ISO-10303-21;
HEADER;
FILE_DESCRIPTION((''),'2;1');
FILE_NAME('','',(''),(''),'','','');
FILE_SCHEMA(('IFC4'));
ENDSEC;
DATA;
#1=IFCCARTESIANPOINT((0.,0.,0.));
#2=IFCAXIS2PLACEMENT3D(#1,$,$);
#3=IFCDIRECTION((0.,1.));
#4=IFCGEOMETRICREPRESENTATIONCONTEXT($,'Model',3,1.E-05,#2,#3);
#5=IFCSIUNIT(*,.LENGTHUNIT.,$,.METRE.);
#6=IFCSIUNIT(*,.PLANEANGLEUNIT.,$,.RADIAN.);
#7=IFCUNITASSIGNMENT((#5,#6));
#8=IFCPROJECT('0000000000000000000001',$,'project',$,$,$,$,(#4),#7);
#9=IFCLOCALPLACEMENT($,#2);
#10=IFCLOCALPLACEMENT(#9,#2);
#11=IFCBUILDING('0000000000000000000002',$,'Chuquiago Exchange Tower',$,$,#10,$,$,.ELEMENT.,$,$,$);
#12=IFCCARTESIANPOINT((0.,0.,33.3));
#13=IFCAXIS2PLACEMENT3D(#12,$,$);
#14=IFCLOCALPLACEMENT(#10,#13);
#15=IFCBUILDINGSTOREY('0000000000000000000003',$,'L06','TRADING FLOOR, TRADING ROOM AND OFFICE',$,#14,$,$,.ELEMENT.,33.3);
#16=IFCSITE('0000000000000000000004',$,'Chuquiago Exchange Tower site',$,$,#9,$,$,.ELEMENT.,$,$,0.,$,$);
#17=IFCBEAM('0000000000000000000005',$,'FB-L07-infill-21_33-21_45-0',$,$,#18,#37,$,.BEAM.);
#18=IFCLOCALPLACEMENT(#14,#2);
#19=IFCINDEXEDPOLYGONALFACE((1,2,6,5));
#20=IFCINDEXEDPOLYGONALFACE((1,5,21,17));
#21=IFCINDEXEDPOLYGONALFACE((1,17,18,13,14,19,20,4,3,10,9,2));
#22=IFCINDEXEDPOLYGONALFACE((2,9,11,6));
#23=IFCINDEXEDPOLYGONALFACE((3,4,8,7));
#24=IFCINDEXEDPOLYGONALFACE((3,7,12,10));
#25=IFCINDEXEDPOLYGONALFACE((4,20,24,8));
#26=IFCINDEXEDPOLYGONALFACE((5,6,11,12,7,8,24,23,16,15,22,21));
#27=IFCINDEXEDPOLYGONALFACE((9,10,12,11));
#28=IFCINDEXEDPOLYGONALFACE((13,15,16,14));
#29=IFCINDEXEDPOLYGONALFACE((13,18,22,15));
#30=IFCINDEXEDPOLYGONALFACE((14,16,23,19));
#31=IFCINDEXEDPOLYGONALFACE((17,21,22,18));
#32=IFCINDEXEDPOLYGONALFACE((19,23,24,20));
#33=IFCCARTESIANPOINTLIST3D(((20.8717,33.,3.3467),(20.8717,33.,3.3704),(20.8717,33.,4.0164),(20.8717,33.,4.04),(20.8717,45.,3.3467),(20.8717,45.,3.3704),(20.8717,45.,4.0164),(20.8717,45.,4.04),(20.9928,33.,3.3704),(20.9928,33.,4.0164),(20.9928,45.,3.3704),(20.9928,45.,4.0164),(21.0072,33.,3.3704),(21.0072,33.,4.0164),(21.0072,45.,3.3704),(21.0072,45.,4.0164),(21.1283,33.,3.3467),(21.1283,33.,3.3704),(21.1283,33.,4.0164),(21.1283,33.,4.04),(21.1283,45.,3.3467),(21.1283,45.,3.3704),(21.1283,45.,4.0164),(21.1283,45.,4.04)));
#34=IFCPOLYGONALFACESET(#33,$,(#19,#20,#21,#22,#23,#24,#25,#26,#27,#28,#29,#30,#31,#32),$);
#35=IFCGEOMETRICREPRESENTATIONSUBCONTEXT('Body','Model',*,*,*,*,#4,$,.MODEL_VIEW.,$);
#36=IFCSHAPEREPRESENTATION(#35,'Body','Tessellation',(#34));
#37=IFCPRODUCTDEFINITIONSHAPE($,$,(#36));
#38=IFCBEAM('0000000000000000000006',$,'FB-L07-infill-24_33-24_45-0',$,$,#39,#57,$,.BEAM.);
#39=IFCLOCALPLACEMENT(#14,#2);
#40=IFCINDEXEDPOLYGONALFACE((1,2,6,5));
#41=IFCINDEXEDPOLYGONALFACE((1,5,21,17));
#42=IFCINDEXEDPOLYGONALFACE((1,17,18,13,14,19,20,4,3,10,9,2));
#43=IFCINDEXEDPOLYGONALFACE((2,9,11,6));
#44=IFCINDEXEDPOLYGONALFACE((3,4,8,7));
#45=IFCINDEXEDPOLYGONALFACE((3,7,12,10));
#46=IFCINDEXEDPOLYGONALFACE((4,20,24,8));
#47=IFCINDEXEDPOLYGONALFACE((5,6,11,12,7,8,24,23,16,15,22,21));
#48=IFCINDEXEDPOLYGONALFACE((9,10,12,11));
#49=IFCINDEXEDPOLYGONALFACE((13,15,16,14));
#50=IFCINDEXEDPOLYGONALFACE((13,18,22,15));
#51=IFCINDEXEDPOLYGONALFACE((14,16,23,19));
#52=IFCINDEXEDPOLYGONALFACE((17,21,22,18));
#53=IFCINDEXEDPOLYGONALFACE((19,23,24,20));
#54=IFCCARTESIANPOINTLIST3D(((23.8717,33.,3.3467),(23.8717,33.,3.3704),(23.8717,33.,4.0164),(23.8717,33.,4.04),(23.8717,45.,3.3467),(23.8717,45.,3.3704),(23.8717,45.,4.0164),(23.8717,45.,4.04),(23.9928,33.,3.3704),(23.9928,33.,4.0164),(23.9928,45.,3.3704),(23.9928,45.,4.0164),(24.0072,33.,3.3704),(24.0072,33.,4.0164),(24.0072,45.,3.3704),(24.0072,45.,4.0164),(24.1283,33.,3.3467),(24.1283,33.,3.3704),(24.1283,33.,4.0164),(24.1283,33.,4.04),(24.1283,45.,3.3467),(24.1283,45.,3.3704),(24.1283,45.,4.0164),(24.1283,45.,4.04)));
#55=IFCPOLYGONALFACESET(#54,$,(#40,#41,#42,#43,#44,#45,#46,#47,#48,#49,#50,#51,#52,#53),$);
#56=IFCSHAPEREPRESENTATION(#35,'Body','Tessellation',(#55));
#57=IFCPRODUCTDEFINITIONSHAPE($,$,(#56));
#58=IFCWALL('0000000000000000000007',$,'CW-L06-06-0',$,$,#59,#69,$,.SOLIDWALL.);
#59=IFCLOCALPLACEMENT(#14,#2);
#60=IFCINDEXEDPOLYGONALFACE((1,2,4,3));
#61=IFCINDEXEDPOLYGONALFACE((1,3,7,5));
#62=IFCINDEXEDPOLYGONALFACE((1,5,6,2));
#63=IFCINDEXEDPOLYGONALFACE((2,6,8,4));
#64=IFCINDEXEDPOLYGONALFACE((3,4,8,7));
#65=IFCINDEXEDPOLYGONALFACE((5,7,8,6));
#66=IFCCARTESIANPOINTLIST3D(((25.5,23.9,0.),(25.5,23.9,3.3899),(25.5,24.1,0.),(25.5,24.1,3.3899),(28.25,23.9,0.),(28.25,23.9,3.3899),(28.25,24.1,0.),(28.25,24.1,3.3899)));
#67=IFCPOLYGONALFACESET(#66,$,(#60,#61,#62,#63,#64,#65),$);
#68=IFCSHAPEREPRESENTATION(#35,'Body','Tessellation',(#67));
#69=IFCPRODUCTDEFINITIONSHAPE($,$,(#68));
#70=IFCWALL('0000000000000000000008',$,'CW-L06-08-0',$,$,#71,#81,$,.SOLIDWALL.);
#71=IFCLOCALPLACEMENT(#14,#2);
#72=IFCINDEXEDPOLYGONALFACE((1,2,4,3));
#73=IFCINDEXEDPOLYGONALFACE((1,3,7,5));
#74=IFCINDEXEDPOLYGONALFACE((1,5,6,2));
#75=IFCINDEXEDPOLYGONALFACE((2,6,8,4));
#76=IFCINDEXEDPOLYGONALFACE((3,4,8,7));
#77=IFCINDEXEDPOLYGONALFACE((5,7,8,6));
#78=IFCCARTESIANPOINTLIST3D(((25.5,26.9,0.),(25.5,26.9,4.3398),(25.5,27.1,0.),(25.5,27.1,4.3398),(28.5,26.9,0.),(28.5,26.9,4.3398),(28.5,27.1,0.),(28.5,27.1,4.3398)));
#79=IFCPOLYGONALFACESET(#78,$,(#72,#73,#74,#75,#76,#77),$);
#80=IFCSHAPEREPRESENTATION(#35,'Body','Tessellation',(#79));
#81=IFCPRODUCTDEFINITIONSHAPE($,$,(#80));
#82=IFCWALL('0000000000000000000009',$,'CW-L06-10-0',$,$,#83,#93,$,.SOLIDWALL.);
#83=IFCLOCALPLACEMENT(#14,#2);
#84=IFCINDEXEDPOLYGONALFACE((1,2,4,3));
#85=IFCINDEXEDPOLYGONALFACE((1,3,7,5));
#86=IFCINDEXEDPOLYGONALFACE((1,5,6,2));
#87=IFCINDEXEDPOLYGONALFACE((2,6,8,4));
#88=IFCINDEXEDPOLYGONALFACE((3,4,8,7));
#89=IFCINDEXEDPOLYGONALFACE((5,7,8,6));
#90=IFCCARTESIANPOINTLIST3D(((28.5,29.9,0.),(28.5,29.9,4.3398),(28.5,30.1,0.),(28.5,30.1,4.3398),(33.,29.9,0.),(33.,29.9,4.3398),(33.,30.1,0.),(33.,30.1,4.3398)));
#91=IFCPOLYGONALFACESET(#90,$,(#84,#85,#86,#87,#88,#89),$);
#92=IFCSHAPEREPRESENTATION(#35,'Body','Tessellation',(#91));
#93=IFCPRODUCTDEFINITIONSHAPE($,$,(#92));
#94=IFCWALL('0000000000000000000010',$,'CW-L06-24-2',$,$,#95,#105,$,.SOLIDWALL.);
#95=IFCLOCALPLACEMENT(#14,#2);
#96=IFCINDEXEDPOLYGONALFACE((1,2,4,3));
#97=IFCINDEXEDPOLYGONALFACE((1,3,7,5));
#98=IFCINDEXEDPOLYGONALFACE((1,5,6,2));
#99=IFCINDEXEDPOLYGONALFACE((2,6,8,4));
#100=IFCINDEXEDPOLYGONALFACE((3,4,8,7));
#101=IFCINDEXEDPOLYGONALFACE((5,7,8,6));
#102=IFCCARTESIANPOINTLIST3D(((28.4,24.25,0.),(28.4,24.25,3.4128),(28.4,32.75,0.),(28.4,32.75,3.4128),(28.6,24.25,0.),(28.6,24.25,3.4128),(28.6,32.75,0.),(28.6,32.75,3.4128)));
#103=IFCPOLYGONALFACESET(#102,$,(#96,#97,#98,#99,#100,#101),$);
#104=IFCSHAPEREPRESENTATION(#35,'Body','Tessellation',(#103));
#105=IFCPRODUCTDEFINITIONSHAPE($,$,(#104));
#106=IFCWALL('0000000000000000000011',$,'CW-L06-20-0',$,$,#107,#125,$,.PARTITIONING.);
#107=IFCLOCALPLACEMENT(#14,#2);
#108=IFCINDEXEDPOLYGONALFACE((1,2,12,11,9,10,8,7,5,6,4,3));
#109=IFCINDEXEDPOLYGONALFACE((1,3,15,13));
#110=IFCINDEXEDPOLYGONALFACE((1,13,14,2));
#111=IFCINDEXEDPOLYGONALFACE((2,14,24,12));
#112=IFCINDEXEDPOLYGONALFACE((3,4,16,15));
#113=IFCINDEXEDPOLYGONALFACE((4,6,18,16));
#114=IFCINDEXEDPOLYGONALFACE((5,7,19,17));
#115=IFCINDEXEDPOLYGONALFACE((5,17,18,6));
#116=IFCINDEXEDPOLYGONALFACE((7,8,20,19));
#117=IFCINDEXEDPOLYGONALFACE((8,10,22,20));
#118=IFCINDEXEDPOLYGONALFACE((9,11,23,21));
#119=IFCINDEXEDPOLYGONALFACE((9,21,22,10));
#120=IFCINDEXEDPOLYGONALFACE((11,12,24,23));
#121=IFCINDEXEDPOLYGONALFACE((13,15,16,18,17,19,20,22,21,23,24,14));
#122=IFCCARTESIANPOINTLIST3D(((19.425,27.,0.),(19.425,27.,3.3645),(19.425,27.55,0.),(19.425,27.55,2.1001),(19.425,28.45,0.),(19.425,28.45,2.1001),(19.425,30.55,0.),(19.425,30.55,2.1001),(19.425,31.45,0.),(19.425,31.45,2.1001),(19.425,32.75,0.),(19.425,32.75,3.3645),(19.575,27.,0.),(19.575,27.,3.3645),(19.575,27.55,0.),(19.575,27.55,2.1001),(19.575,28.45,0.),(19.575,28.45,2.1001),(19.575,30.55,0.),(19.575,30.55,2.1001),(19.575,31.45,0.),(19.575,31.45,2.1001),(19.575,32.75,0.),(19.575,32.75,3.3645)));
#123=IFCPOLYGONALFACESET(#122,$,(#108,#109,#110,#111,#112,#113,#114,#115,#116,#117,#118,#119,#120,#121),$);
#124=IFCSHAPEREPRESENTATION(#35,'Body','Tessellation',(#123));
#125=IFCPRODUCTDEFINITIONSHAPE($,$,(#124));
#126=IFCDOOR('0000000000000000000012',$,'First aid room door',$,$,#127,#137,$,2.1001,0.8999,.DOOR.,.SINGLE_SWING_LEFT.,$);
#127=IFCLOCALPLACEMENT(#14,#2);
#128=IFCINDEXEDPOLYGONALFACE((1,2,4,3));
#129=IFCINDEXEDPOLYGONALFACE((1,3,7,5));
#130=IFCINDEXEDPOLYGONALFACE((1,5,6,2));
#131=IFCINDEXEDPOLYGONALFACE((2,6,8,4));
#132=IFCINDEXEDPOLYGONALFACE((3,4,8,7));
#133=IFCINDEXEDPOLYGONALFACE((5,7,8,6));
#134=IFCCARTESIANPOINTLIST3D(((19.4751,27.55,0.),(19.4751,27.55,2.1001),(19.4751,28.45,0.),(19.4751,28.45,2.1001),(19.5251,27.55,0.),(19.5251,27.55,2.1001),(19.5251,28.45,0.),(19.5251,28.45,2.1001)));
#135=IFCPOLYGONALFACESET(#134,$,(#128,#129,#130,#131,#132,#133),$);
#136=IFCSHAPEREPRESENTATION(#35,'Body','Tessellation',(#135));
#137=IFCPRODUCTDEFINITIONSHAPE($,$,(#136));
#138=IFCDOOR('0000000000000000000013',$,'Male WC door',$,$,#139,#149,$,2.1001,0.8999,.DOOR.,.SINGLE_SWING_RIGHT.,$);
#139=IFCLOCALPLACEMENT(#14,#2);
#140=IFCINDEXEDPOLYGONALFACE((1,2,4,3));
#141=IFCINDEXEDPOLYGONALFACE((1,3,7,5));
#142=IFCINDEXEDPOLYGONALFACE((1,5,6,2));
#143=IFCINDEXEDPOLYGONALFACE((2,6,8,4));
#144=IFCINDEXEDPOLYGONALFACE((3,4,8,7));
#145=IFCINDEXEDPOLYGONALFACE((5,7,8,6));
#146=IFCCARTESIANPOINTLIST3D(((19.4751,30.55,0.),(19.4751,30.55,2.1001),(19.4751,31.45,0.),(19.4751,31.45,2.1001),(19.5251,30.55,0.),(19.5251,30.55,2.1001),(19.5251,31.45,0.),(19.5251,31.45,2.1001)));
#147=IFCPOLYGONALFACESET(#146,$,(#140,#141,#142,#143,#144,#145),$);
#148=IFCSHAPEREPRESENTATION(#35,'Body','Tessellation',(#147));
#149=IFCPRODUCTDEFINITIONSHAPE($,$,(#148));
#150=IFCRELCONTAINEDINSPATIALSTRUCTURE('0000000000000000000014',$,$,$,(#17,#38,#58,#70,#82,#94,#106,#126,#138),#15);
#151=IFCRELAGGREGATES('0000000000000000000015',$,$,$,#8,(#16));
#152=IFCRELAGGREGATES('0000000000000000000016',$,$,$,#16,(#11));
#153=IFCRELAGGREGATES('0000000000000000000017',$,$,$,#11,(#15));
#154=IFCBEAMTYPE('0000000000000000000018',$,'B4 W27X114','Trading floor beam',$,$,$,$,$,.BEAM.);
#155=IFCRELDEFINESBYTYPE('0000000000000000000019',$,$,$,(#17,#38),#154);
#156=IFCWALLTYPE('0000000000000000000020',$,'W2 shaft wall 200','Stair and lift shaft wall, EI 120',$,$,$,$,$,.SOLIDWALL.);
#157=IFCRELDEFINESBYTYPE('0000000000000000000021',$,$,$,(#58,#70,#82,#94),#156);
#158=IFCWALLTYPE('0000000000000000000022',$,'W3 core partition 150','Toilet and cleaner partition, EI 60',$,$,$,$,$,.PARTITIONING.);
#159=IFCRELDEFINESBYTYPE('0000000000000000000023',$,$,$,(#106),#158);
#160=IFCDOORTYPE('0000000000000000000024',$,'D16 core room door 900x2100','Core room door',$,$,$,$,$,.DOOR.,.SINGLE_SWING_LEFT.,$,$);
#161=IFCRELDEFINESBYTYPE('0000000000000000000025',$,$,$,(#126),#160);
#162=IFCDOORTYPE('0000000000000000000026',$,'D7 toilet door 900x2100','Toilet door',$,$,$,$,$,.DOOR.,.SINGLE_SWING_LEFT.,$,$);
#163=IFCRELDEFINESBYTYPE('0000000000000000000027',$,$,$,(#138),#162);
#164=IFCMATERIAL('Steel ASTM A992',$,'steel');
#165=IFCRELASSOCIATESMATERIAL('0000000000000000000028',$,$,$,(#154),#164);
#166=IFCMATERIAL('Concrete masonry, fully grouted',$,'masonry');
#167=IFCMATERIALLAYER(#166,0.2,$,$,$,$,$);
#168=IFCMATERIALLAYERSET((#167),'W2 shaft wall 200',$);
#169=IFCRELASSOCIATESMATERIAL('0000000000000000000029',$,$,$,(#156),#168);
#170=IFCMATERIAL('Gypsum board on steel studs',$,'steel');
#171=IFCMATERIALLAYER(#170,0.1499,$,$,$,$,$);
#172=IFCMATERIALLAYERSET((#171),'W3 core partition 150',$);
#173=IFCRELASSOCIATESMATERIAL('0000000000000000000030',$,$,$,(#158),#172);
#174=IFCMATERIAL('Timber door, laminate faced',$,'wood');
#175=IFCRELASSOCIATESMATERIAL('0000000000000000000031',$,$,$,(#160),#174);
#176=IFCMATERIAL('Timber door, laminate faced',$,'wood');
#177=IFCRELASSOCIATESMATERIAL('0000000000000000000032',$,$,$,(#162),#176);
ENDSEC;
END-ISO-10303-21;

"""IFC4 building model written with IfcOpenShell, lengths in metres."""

from ifc_helpers import new_model, si_unit, direction, frame, frame_2d, origin, origin_2d, place, context, subcontext, project, spatial, rectangle, i_section, extrude, material, layer, layer_set, material_profile, profile_set, type_object, element, fill, save


model = new_model("IFC4")

# Units and contexts
model_context = context("Model", 3, precision=1e-05, world=origin(), true_north=direction((0.0, 1.0)))
body_context = subcontext(model_context, "Body", "Model", "MODEL_VIEW")
ifc_project = project(units=[si_unit("LENGTHUNIT", "METRE"), si_unit("PLANEANGLEUNIT", "RADIAN")], contexts=[model_context])

# Site, building, storey
site_placement = place(None, origin())
site = spatial("IfcSite", under=ifc_project, at=site_placement, Name="Chuquiago Exchange Tower site", CompositionType="ELEMENT", RefElevation=0.0)
building_placement = place(site_placement, origin())
building = spatial("IfcBuilding", under=site, at=building_placement, Name="Chuquiago Exchange Tower", CompositionType="ELEMENT")
storey_placement = place(building_placement, frame((0.0, 0.0, 33.3)))
storey = spatial("IfcBuildingStorey", under=building, at=storey_placement, Name="L06", Description="TRADING FLOOR, TRADING ROOM AND OFFICE", CompositionType="ELEMENT", Elevation=33.3)

# Beams
ifc_material_1 = material(Name="Steel ASTM A992", Category="steel")
ifc_material_profile_1 = material_profile(ifc_material_1, i_section(OverallWidth=0.2566, OverallDepth=0.6934, WebThickness=0.0144, FlangeThickness=0.0237, at=origin_2d()), Name="W27X114")
ifc_profile_set_1 = profile_set([ifc_material_profile_1], Name="Steel ASTM A992")
beam_type_1 = type_object("IfcBeamType", Name="B4 W27X114", Description="Trading floor beam", PredefinedType="BEAM", material=ifc_profile_set_1)
for number, where, z_axis, x_axis, name in (
    (1, (21.0, 33.0, 3.6934), (0.0, 1.0, 0.0), (-1.0, 0.0, 0.0), "FB-L07-infill-21_33-21_45-0"),
    (2, (24.0, 33.0, 3.6934), (0.0, 1.0, 0.0), (-1.0, 0.0, 0.0), "FB-L07-infill-24_33-24_45-0"),
):
    element("IfcBeam", number, at=place(storey_placement, frame(where, z_axis=z_axis, x_axis=x_axis)), inside=storey, type_object=beam_type_1, Name=name, PredefinedType="BEAM", context=body_context, shape_type="SweptSolid", body=[
        extrude(i_section(OverallWidth=0.2566, OverallDepth=0.6934, WebThickness=0.0144, FlangeThickness=0.0237, at=origin_2d()), origin(), (0.0, 0.0, 1.0), 12.0),
    ])

# Walls
ifc_material_2 = material(Name="Concrete masonry, fully grouted", Category="masonry")
ifc_layer_1 = layer(ifc_material_2, 0.2)
ifc_layer_set_1 = layer_set([ifc_layer_1], Name="W2 shaft wall 200")
wall_type_1 = type_object("IfcWallType", Name="W2 shaft wall 200", Description="Stair and lift shaft wall, EI 120", PredefinedType="SOLIDWALL", material=ifc_layer_set_1)
wall_1_placement = place(storey_placement, frame((25.5, 24.0, 0.0), z_axis=(0.0, 0.0, 1.0), x_axis=(1.0, 0.0, 0.0)))
element("IfcWall", 3, at=wall_1_placement, inside=storey, type_object=wall_type_1, Name="CW-L06-06-0", PredefinedType="SOLIDWALL", context=body_context, shape_type="SweptSolid", body=[
    extrude(rectangle(XDim=2.75, YDim=0.2, at=frame_2d((1.375, 0.0))), origin(), (0.0, 0.0, 1.0), 3.3899),
])
wall_2_placement = place(storey_placement, frame((25.5, 27.0, 0.0), z_axis=(0.0, 0.0, 1.0), x_axis=(1.0, 0.0, 0.0)))
element("IfcWall", 4, at=wall_2_placement, inside=storey, type_object=wall_type_1, Name="CW-L06-08-0", PredefinedType="SOLIDWALL", context=body_context, shape_type="SweptSolid", body=[
    extrude(rectangle(XDim=3.0, YDim=0.2, at=frame_2d((1.5, 0.0))), origin(), (0.0, 0.0, 1.0), 4.3398),
])
wall_3_placement = place(storey_placement, frame((28.5, 30.0, 0.0), z_axis=(0.0, 0.0, 1.0), x_axis=(1.0, 0.0, 0.0)))
element("IfcWall", 5, at=wall_3_placement, inside=storey, type_object=wall_type_1, Name="CW-L06-10-0", PredefinedType="SOLIDWALL", context=body_context, shape_type="SweptSolid", body=[
    extrude(rectangle(XDim=4.5, YDim=0.2, at=frame_2d((2.25, 0.0))), origin(), (0.0, 0.0, 1.0), 4.3398),
])
wall_4_placement = place(storey_placement, frame((28.5, 24.25, 0.0), z_axis=(0.0, 0.0, 1.0), x_axis=(0.0, 1.0, 0.0)))
element("IfcWall", 6, at=wall_4_placement, inside=storey, type_object=wall_type_1, Name="CW-L06-24-2", PredefinedType="SOLIDWALL", context=body_context, shape_type="SweptSolid", body=[
    extrude(rectangle(XDim=8.5, YDim=0.2, at=frame_2d((4.25, 0.0))), origin(), (0.0, 0.0, 1.0), 3.4128),
])

# Wall, openings, doors
ifc_material_3 = material(Name="Gypsum board on steel studs", Category="steel")
ifc_layer_2 = layer(ifc_material_3, 0.1499)
ifc_layer_set_2 = layer_set([ifc_layer_2], Name="W3 core partition 150")
wall_type_2 = type_object("IfcWallType", Name="W3 core partition 150", Description="Toilet and cleaner partition, EI 60", PredefinedType="PARTITIONING", material=ifc_layer_set_2)
wall_5_placement = place(storey_placement, frame((19.5, 27.0, 0.0), z_axis=(0.0, 0.0, 1.0), x_axis=(0.0, 1.0, 0.0)))
wall_5 = element("IfcWall", 7, at=wall_5_placement, inside=storey, type_object=wall_type_2, Name="CW-L06-20-0", PredefinedType="PARTITIONING", context=body_context, shape_type="SweptSolid", body=[
    extrude(rectangle(XDim=5.75, YDim=0.1499, at=frame_2d((2.875, 0.0))), origin(), (0.0, 0.0, 1.0), 3.3645),
])
opening_1_placement = place(wall_5_placement, frame((0.55, 0.0, 0.0)))
opening_1 = element("IfcOpeningElement", 8, at=opening_1_placement, cuts=wall_5, PredefinedType="OPENING", context=body_context, shape_type="SweptSolid", body=[
    extrude(rectangle(XDim=0.8999, YDim=2.1001, at=frame_2d((0.45, 1.05))), frame((0.0, 0.085, 0.0), z_axis=(0.0, -1.0, 0.0), x_axis=(1.0, 0.0, 0.0)), (0.0, 0.0, 1.0), 0.1699),
])
opening_2_placement = place(wall_5_placement, frame((3.55, 0.0, 0.0)))
opening_2 = element("IfcOpeningElement", 9, at=opening_2_placement, cuts=wall_5, PredefinedType="OPENING", context=body_context, shape_type="SweptSolid", body=[
    extrude(rectangle(XDim=0.8999, YDim=2.1001, at=frame_2d((0.45, 1.05))), frame((0.0, 0.085, 0.0), z_axis=(0.0, -1.0, 0.0), x_axis=(1.0, 0.0, 0.0)), (0.0, 0.0, 1.0), 0.1699),
])
ifc_material_4 = material(Name="Timber door, laminate faced", Category="wood")
door_type_1 = type_object("IfcDoorType", Name="D16 core room door 900x2100", Description="Core room door", OperationType="SINGLE_SWING_LEFT", PredefinedType="DOOR", material=ifc_material_4)
door_1_placement = place(opening_1_placement, origin())
door_1 = element("IfcDoor", 10, at=door_1_placement, inside=storey, type_object=door_type_1, Name="First aid room door", OperationType="SINGLE_SWING_LEFT", OverallHeight=2.1001, OverallWidth=0.8999, PredefinedType="DOOR", context=body_context, shape_type="SweptSolid", body=[
    extrude(rectangle(XDim=0.8999, YDim=2.1001, at=frame_2d((0.45, 1.05))), frame((0.0, 0.0249, 0.0), z_axis=(0.0, -1.0, 0.0), x_axis=(1.0, 0.0, 0.0)), (0.0, 0.0, 1.0), 0.05),
])
fill(opening_1, door_1)
ifc_material_5 = material(Name="Timber door, laminate faced", Category="wood")
door_type_2 = type_object("IfcDoorType", Name="D7 toilet door 900x2100", Description="Toilet door", OperationType="SINGLE_SWING_LEFT", PredefinedType="DOOR", material=ifc_material_5)
door_2_placement = place(opening_2_placement, origin())
door_2 = element("IfcDoor", 11, at=door_2_placement, inside=storey, type_object=door_type_2, Name="Male WC door", OperationType="SINGLE_SWING_RIGHT", OverallHeight=2.1001, OverallWidth=0.8999, PredefinedType="DOOR", context=body_context, shape_type="SweptSolid", body=[
    extrude(rectangle(XDim=0.8999, YDim=2.1001, at=frame_2d((0.45, 1.05))), frame((0.0, 0.0249, 0.0), z_axis=(0.0, -1.0, 0.0), x_axis=(1.0, 0.0, 0.0)), (0.0, 0.0, 1.0), 0.05),
])
fill(opening_2, door_2)

save(model, "model.ifc")
